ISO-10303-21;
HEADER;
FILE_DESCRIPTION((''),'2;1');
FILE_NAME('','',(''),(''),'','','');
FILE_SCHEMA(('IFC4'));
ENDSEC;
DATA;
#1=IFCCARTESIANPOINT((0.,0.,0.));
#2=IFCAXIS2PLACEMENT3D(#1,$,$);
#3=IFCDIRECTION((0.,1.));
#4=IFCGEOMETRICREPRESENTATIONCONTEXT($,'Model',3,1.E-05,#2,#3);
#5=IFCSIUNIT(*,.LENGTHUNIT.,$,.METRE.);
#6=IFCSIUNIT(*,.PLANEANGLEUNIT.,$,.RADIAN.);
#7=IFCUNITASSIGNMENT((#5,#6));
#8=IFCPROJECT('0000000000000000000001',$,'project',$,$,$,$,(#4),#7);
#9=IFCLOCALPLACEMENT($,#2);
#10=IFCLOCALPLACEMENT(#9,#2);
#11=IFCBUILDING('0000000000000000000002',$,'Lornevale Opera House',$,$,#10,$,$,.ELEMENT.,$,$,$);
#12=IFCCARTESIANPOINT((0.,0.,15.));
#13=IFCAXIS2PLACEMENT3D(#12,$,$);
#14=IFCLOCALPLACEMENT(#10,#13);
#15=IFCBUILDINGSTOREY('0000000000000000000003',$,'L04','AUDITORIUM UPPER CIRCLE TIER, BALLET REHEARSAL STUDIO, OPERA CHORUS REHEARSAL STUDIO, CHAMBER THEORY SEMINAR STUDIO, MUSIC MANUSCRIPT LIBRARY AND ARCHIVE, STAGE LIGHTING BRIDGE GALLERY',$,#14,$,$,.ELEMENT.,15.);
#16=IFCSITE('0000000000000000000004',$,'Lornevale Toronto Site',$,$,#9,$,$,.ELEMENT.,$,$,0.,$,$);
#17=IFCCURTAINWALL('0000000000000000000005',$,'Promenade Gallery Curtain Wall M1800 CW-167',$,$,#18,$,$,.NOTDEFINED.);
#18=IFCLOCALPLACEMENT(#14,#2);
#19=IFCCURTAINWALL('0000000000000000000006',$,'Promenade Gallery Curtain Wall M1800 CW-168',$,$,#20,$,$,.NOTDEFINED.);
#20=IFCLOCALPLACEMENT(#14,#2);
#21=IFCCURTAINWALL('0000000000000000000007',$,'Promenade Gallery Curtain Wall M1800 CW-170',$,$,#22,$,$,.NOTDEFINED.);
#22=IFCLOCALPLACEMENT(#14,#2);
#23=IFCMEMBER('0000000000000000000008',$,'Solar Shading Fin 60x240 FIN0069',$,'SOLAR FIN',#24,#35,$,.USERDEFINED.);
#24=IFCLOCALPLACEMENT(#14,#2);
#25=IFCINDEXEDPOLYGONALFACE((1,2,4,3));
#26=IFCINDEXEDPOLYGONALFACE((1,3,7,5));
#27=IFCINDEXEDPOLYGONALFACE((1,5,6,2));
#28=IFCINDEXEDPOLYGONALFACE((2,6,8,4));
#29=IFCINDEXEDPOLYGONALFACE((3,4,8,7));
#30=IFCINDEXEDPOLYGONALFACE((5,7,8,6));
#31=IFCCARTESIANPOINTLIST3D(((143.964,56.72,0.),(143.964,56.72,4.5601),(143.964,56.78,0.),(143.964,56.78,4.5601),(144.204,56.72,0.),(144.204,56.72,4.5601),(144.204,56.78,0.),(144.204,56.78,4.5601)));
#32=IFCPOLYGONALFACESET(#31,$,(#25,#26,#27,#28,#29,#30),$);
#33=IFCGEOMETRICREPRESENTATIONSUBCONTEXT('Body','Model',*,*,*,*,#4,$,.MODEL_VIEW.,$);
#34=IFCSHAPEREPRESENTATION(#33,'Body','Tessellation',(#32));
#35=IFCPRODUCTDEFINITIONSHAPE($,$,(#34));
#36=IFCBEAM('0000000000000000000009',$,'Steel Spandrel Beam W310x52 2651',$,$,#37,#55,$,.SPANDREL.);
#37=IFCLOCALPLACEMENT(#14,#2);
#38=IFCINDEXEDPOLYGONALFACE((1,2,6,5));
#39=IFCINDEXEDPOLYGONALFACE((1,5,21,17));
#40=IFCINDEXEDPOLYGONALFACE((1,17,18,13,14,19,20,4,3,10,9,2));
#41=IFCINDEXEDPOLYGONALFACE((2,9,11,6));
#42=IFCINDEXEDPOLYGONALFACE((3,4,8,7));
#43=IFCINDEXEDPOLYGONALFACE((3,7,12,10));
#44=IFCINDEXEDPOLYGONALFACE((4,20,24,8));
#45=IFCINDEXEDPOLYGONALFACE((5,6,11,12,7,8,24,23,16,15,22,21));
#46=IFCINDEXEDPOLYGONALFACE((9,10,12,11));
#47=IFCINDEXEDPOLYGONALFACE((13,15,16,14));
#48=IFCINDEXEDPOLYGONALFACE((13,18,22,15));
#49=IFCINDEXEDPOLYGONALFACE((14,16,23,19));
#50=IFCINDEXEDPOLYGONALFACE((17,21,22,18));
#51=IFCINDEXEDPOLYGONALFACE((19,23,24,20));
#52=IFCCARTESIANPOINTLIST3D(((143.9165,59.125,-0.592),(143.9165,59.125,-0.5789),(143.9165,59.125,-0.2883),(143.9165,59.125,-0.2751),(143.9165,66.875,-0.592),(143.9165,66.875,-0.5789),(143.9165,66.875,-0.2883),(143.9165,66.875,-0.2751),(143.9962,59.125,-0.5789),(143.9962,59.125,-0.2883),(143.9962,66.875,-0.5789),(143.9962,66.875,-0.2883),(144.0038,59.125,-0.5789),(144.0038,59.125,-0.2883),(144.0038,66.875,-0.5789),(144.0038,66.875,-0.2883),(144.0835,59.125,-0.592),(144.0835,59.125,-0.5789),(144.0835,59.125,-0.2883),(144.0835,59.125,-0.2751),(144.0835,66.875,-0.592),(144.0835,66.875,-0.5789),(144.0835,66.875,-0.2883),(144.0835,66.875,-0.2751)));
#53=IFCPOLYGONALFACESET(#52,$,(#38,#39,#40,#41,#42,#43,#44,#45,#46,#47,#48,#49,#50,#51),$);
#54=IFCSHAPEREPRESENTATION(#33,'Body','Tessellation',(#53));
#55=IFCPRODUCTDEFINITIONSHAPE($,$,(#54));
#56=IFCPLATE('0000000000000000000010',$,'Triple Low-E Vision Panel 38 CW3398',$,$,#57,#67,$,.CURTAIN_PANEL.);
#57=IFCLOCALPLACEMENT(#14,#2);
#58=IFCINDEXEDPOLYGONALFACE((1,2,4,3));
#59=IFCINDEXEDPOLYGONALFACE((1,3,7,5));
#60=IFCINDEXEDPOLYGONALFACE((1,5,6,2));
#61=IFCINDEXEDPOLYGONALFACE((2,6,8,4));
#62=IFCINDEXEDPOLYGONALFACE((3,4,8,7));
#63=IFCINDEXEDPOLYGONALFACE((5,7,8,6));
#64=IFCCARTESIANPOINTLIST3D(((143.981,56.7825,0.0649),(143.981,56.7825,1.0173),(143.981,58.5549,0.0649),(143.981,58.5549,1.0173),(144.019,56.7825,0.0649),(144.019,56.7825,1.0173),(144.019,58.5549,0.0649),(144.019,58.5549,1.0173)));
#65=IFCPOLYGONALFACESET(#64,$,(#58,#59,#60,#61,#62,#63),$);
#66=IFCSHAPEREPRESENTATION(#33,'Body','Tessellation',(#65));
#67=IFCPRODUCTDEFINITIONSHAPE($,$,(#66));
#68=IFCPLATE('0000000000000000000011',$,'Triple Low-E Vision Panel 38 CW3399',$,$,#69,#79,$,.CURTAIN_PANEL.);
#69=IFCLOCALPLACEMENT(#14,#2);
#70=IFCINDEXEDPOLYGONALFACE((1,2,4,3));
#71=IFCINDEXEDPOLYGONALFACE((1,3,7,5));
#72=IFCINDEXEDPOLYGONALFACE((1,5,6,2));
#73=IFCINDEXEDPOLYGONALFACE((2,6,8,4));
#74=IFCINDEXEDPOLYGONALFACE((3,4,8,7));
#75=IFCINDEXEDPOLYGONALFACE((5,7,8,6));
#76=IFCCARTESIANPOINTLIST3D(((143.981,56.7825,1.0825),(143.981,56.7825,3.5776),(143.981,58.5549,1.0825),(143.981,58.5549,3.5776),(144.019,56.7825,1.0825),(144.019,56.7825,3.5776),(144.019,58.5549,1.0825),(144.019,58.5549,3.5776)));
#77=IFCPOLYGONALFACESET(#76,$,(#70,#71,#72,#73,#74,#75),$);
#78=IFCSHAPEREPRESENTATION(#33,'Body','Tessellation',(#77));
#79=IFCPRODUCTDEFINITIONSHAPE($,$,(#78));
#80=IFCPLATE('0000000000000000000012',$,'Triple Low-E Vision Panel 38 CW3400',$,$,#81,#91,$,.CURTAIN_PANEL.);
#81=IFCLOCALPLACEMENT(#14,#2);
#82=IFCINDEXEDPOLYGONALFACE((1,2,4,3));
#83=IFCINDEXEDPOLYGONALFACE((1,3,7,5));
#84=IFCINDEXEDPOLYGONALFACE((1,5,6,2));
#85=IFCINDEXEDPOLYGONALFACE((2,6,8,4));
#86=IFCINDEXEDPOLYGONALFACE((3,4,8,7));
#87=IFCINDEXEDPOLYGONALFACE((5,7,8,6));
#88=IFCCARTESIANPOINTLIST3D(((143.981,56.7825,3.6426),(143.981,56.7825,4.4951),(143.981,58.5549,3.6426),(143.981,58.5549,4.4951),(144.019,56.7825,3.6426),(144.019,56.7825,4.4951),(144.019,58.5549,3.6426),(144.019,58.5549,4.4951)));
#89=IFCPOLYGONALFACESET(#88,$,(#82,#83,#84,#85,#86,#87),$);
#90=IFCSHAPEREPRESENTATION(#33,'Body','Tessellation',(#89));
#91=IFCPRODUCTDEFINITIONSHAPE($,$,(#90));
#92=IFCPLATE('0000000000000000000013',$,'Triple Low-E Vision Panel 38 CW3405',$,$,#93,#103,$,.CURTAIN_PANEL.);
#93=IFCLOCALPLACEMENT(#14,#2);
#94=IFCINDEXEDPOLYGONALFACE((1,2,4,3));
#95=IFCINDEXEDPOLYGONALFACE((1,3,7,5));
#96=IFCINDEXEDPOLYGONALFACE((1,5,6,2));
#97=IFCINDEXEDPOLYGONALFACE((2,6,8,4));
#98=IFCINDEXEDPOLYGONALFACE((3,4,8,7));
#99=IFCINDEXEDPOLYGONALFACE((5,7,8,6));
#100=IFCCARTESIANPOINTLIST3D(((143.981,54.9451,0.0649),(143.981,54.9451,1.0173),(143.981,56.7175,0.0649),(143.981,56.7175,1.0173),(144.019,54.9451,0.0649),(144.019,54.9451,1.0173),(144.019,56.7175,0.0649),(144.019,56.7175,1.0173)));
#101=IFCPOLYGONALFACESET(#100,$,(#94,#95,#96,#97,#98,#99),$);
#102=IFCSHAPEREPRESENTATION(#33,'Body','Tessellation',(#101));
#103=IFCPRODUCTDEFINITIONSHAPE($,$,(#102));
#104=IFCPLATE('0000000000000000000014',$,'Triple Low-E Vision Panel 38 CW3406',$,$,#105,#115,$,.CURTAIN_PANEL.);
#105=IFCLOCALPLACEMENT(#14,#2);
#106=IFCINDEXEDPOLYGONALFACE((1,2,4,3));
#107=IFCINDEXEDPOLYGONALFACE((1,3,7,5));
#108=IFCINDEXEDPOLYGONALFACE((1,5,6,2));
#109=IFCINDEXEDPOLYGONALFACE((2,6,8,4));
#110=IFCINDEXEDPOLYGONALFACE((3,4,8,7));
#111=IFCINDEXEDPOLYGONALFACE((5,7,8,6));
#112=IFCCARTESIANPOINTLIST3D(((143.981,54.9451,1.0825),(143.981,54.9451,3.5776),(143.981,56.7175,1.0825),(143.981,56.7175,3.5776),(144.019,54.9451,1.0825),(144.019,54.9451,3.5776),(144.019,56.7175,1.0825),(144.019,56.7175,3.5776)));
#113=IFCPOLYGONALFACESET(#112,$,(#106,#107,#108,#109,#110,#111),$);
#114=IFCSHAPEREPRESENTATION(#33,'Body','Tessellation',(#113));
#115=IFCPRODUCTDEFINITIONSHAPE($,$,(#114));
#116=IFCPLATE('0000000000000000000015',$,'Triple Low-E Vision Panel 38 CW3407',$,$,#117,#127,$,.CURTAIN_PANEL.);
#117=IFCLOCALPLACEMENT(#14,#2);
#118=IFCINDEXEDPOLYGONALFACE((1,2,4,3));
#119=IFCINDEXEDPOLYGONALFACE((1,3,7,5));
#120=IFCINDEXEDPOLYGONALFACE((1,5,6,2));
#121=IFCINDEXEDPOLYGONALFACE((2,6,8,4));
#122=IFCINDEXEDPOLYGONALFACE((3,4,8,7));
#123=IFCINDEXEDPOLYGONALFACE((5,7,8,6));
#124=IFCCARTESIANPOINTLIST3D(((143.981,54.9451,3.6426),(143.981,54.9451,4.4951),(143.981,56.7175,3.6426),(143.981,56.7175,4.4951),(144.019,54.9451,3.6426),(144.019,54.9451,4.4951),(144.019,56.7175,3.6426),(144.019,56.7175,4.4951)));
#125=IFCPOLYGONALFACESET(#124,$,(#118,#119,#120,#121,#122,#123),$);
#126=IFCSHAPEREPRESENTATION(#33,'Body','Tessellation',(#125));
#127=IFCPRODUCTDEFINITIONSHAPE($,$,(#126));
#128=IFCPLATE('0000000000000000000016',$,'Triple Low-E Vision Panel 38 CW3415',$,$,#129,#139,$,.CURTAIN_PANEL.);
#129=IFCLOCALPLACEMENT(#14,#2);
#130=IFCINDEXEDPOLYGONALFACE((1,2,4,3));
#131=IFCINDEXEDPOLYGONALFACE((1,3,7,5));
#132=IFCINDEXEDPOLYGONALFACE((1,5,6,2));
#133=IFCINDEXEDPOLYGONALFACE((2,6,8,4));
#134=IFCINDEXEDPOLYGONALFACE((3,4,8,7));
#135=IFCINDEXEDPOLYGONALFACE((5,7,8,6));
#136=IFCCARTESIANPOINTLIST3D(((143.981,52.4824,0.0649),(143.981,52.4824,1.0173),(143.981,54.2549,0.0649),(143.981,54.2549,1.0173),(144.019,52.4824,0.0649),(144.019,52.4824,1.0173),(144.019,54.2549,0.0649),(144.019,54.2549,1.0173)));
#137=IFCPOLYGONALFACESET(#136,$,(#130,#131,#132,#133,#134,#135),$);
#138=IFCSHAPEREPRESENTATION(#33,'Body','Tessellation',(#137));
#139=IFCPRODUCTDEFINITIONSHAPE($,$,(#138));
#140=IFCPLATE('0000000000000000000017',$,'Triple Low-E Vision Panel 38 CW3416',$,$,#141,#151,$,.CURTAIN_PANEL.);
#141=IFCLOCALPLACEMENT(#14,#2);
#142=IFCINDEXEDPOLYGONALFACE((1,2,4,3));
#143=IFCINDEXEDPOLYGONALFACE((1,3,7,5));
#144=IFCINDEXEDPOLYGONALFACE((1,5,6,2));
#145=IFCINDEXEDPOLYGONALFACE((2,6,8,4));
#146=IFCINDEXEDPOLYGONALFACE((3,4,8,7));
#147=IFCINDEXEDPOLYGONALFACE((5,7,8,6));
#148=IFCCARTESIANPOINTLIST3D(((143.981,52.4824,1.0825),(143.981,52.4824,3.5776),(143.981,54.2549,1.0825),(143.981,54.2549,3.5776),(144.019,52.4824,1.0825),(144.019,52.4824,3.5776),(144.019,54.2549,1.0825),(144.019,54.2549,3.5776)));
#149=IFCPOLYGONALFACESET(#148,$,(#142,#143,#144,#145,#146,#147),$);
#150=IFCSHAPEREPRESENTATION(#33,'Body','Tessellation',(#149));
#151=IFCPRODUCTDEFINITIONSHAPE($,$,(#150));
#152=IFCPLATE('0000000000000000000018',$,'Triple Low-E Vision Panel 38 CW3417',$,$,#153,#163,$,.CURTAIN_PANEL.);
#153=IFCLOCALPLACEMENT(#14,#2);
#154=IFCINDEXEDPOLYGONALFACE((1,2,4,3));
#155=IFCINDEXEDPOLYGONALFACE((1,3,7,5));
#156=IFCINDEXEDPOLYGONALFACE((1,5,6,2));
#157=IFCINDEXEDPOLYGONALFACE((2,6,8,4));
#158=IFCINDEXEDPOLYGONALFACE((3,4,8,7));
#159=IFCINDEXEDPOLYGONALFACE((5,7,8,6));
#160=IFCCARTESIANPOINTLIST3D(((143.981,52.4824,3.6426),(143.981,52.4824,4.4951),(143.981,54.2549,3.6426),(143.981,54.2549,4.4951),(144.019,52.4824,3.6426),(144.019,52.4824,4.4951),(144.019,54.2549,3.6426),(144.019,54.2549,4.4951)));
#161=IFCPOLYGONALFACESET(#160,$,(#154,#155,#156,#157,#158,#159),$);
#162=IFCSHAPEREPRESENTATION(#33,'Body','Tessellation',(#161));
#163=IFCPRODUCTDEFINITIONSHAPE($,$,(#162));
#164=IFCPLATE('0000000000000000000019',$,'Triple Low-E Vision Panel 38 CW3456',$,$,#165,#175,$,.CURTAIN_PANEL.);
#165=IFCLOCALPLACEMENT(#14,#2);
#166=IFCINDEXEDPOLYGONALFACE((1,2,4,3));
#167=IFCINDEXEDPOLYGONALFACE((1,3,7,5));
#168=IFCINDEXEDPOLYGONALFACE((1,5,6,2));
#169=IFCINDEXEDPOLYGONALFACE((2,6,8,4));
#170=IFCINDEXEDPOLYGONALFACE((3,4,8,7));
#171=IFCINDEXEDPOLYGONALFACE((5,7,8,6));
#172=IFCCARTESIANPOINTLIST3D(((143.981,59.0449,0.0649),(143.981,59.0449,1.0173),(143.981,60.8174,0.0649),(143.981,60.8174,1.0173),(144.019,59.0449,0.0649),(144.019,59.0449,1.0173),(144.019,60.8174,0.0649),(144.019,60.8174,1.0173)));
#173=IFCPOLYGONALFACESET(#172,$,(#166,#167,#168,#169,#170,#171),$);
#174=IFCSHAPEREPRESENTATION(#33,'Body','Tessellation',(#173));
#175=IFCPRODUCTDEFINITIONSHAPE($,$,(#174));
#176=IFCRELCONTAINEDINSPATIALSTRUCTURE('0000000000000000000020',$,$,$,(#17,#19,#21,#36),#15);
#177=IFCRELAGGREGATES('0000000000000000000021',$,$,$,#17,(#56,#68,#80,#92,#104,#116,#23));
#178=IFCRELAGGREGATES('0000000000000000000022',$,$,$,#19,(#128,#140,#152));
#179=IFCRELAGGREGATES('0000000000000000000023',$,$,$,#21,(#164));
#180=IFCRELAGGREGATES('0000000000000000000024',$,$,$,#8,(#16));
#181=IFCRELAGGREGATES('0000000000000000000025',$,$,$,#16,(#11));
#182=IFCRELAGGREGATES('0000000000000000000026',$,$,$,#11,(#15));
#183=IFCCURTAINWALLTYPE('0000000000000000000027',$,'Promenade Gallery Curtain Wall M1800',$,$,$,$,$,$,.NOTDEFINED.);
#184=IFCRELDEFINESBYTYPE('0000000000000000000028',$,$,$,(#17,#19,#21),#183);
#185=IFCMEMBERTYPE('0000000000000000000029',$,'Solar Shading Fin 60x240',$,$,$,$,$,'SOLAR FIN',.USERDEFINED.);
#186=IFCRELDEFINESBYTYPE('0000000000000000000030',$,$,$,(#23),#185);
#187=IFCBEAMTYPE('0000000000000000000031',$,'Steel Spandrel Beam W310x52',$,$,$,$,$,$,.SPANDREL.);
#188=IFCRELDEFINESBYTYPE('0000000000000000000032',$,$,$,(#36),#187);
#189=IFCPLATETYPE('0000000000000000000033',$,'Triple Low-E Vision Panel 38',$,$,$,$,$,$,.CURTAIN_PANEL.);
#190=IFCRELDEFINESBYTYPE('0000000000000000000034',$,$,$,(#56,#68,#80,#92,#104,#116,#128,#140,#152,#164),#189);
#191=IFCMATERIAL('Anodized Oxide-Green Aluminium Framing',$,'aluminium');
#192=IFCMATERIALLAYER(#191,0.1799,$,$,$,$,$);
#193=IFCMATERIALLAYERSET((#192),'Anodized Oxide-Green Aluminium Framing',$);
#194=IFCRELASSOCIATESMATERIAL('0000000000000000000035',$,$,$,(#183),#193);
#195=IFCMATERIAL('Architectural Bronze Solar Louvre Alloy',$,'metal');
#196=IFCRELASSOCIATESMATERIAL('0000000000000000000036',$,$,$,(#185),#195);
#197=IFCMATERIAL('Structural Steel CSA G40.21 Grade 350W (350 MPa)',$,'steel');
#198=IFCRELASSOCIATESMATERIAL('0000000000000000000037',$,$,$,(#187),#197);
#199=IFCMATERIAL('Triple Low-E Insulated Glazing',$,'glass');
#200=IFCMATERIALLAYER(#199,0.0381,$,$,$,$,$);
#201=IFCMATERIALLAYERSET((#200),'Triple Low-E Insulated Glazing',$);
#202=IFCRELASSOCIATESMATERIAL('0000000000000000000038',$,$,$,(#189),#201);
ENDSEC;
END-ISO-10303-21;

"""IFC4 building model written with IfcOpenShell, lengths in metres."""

from ifc_helpers import new_model, si_unit, direction, frame, origin, origin_2d, place, context, subcontext, project, spatial, rectangle, i_section, extrude, material, layer, layer_set, material_profile, profile_set, type_object, element, aggregate, save


model = new_model("IFC4")

# Units and contexts
model_context = context("Model", 3, precision=1e-05, world=origin(), true_north=direction((0.0, 1.0)))
body_context = subcontext(model_context, "Body", "Model", "MODEL_VIEW")
ifc_project = project(units=[si_unit("LENGTHUNIT", "METRE"), si_unit("PLANEANGLEUNIT", "RADIAN")], contexts=[model_context])

# Site, building, storey
site_placement = place(None, origin())
site = spatial("IfcSite", under=ifc_project, at=site_placement, Name="Lornevale Toronto Site", CompositionType="ELEMENT", RefElevation=0.0)
building_placement = place(site_placement, origin())
building = spatial("IfcBuilding", under=site, at=building_placement, Name="Lornevale Opera House", CompositionType="ELEMENT")
storey_placement = place(building_placement, frame((0.0, 0.0, 15.0)))
storey = spatial("IfcBuildingStorey", under=building, at=storey_placement, Name="L04", Description="AUDITORIUM UPPER CIRCLE TIER, BALLET REHEARSAL STUDIO, OPERA CHORUS REHEARSAL STUDIO, CHAMBER THEORY SEMINAR STUDIO, MUSIC MANUSCRIPT LIBRARY AND ARCHIVE, STAGE LIGHTING BRIDGE GALLERY", CompositionType="ELEMENT", Elevation=15.0)

# Shared definitions
ifc_material_1 = material(Name="Structural Steel CSA G40.21 Grade 350W (350 MPa)", Category="steel")

# Curtain walls
ifc_material_2 = material(Name="Anodized Oxide-Green Aluminium Framing", Category="aluminium")
ifc_layer_1 = layer(ifc_material_2, 0.1799)
ifc_layer_set_1 = layer_set([ifc_layer_1], Name="Anodized Oxide-Green Aluminium Framing")
curtain_wall_type = type_object("IfcCurtainWallType", Name="Promenade Gallery Curtain Wall M1800", PredefinedType="NOTDEFINED", material=ifc_layer_set_1)
curtain_wall_1_placement = place(storey_placement, origin())
curtain_wall_1 = element("IfcCurtainWall", 1, at=curtain_wall_1_placement, inside=storey, type_object=curtain_wall_type, Name="Promenade Gallery Curtain Wall M1800 CW-167", PredefinedType="NOTDEFINED")
curtain_wall_2_placement = place(storey_placement, origin())
curtain_wall_2 = element("IfcCurtainWall", 2, at=curtain_wall_2_placement, inside=storey, type_object=curtain_wall_type, Name="Promenade Gallery Curtain Wall M1800 CW-168", PredefinedType="NOTDEFINED")

# Curtain wall
curtain_wall_3_placement = place(storey_placement, origin())
curtain_wall_3 = element("IfcCurtainWall", 3, at=curtain_wall_3_placement, inside=storey, type_object=curtain_wall_type, Name="Promenade Gallery Curtain Wall M1800 CW-170", PredefinedType="NOTDEFINED")

# Shared definitions
ifc_material_3 = material(Name="Architectural Bronze Solar Louvre Alloy", Category="metal")
ifc_material_profile_1 = material_profile(ifc_material_3, rectangle(XDim=0.0601, YDim=0.24, at=origin_2d()), Name="FIN60x240")
ifc_profile_set_1 = profile_set([ifc_material_profile_1], Name="Architectural Bronze Solar Louvre Alloy")
member_type_1 = type_object("IfcMemberType", Name="Solar Shading Fin 60x240", ElementType="SOLAR FIN", PredefinedType="USERDEFINED", material=ifc_profile_set_1)

# Member
member_1_placement = place(storey_placement, frame((144.084, 56.75, 0.0), z_axis=(0.0, 0.0, 1.0), x_axis=(0.0, -1.0, 0.0)))
member_1 = element("IfcMember", 4, at=member_1_placement, type_object=member_type_1, Name="Solar Shading Fin 60x240 FIN0069", ObjectType="SOLAR FIN", PredefinedType="USERDEFINED", context=body_context, shape_type="SweptSolid", body=[
    extrude(rectangle(XDim=0.0601, YDim=0.24, at=origin_2d()), origin(), (0.0, 0.0, 1.0), 4.5601),
])

# Beam
ifc_material_profile_2 = material_profile(ifc_material_1, i_section(OverallWidth=0.167, OverallDepth=0.3169, WebThickness=0.0076, FlangeThickness=0.0132, at=origin_2d()), Name="W310x52")
ifc_profile_set_2 = profile_set([ifc_material_profile_2], Name="Structural Steel CSA G40.21 Grade 350W (350 MPa)")
beam_type = type_object("IfcBeamType", Name="Steel Spandrel Beam W310x52", PredefinedType="SPANDREL", material=ifc_profile_set_2)
beam_placement = place(storey_placement, frame((144.0, 59.125, -0.4336), z_axis=(0.0, 1.0, 0.0), x_axis=(-1.0, 0.0, 0.0)))
element("IfcBeam", 5, at=beam_placement, inside=storey, type_object=beam_type, Name="Steel Spandrel Beam W310x52 2651", PredefinedType="SPANDREL", context=body_context, shape_type="SweptSolid", body=[
    extrude(i_section(OverallWidth=0.167, OverallDepth=0.3169, WebThickness=0.0076, FlangeThickness=0.0132, at=origin_2d()), origin(), (0.0, 0.0, 1.0), 7.75),
])

# Plates
ifc_material_4 = material(Name="Triple Low-E Insulated Glazing", Category="glass")
ifc_layer_2 = layer(ifc_material_4, 0.0381)
ifc_layer_set_2 = layer_set([ifc_layer_2], Name="Triple Low-E Insulated Glazing")
plate_type = type_object("IfcPlateType", Name="Triple Low-E Vision Panel 38", PredefinedType="CURTAIN_PANEL", material=ifc_layer_set_2)
plate_1_placement = place(storey_placement, frame((144.0, 57.6687, 0.0649), z_axis=(0.0, 0.0, 1.0), x_axis=(0.0, -1.0, 0.0)))
plate_1 = element("IfcPlate", 6, at=plate_1_placement, type_object=plate_type, Name="Triple Low-E Vision Panel 38 CW3398", PredefinedType="CURTAIN_PANEL", context=body_context, shape_type="SweptSolid", body=[
    extrude(rectangle(XDim=1.7725, YDim=0.0381, at=origin_2d()), origin(), (0.0, 0.0, 1.0), 0.9524),
])
plate_2_placement = place(storey_placement, frame((144.0, 57.6687, 1.0825), z_axis=(0.0, 0.0, 1.0), x_axis=(0.0, -1.0, 0.0)))
plate_2 = element("IfcPlate", 7, at=plate_2_placement, type_object=plate_type, Name="Triple Low-E Vision Panel 38 CW3399", PredefinedType="CURTAIN_PANEL", context=body_context, shape_type="SweptSolid", body=[
    extrude(rectangle(XDim=1.7725, YDim=0.0381, at=origin_2d()), origin(), (0.0, 0.0, 1.0), 2.4951),
])
plate_3_placement = place(storey_placement, frame((144.0, 57.6687, 3.6426), z_axis=(0.0, 0.0, 1.0), x_axis=(0.0, -1.0, 0.0)))
plate_3 = element("IfcPlate", 8, at=plate_3_placement, type_object=plate_type, Name="Triple Low-E Vision Panel 38 CW3400", PredefinedType="CURTAIN_PANEL", context=body_context, shape_type="SweptSolid", body=[
    extrude(rectangle(XDim=1.7725, YDim=0.0381, at=origin_2d()), origin(), (0.0, 0.0, 1.0), 0.8525),
])
plate_4_placement = place(storey_placement, frame((144.0, 55.8313, 0.0649), z_axis=(0.0, 0.0, 1.0), x_axis=(0.0, -1.0, 0.0)))
plate_4 = element("IfcPlate", 9, at=plate_4_placement, type_object=plate_type, Name="Triple Low-E Vision Panel 38 CW3405", PredefinedType="CURTAIN_PANEL", context=body_context, shape_type="SweptSolid", body=[
    extrude(rectangle(XDim=1.7725, YDim=0.0381, at=origin_2d()), origin(), (0.0, 0.0, 1.0), 0.9524),
])
plate_5_placement = place(storey_placement, frame((144.0, 55.8313, 1.0825), z_axis=(0.0, 0.0, 1.0), x_axis=(0.0, -1.0, 0.0)))
plate_5 = element("IfcPlate", 10, at=plate_5_placement, type_object=plate_type, Name="Triple Low-E Vision Panel 38 CW3406", PredefinedType="CURTAIN_PANEL", context=body_context, shape_type="SweptSolid", body=[
    extrude(rectangle(XDim=1.7725, YDim=0.0381, at=origin_2d()), origin(), (0.0, 0.0, 1.0), 2.4951),
])
plate_6_placement = place(storey_placement, frame((144.0, 55.8313, 3.6426), z_axis=(0.0, 0.0, 1.0), x_axis=(0.0, -1.0, 0.0)))
plate_6 = element("IfcPlate", 11, at=plate_6_placement, type_object=plate_type, Name="Triple Low-E Vision Panel 38 CW3407", PredefinedType="CURTAIN_PANEL", context=body_context, shape_type="SweptSolid", body=[
    extrude(rectangle(XDim=1.7725, YDim=0.0381, at=origin_2d()), origin(), (0.0, 0.0, 1.0), 0.8525),
])
aggregate(curtain_wall_1, [plate_1, plate_2, plate_3, plate_4, plate_5, plate_6, member_1])
plate_7_placement = place(storey_placement, frame((144.0, 53.3687, 0.0649), z_axis=(0.0, 0.0, 1.0), x_axis=(0.0, -1.0, 0.0)))
plate_7 = element("IfcPlate", 12, at=plate_7_placement, type_object=plate_type, Name="Triple Low-E Vision Panel 38 CW3415", PredefinedType="CURTAIN_PANEL", context=body_context, shape_type="SweptSolid", body=[
    extrude(rectangle(XDim=1.7725, YDim=0.0381, at=origin_2d()), origin(), (0.0, 0.0, 1.0), 0.9524),
])
plate_8_placement = place(storey_placement, frame((144.0, 53.3687, 1.0825), z_axis=(0.0, 0.0, 1.0), x_axis=(0.0, -1.0, 0.0)))
plate_8 = element("IfcPlate", 13, at=plate_8_placement, type_object=plate_type, Name="Triple Low-E Vision Panel 38 CW3416", PredefinedType="CURTAIN_PANEL", context=body_context, shape_type="SweptSolid", body=[
    extrude(rectangle(XDim=1.7725, YDim=0.0381, at=origin_2d()), origin(), (0.0, 0.0, 1.0), 2.4951),
])
plate_9_placement = place(storey_placement, frame((144.0, 53.3687, 3.6426), z_axis=(0.0, 0.0, 1.0), x_axis=(0.0, -1.0, 0.0)))
plate_9 = element("IfcPlate", 14, at=plate_9_placement, type_object=plate_type, Name="Triple Low-E Vision Panel 38 CW3417", PredefinedType="CURTAIN_PANEL", context=body_context, shape_type="SweptSolid", body=[
    extrude(rectangle(XDim=1.7725, YDim=0.0381, at=origin_2d()), origin(), (0.0, 0.0, 1.0), 0.8525),
])
aggregate(curtain_wall_2, [plate_7, plate_8, plate_9])
plate_10_placement = place(storey_placement, frame((144.0, 59.9312, 0.0649), z_axis=(0.0, 0.0, 1.0), x_axis=(0.0, -1.0, 0.0)))
plate_10 = element("IfcPlate", 15, at=plate_10_placement, type_object=plate_type, Name="Triple Low-E Vision Panel 38 CW3456", PredefinedType="CURTAIN_PANEL", context=body_context, shape_type="SweptSolid", body=[
    extrude(rectangle(XDim=1.7725, YDim=0.0381, at=origin_2d()), origin(), (0.0, 0.0, 1.0), 0.9524),
])
aggregate(curtain_wall_3, [plate_10])

save(model, "model.ifc")
